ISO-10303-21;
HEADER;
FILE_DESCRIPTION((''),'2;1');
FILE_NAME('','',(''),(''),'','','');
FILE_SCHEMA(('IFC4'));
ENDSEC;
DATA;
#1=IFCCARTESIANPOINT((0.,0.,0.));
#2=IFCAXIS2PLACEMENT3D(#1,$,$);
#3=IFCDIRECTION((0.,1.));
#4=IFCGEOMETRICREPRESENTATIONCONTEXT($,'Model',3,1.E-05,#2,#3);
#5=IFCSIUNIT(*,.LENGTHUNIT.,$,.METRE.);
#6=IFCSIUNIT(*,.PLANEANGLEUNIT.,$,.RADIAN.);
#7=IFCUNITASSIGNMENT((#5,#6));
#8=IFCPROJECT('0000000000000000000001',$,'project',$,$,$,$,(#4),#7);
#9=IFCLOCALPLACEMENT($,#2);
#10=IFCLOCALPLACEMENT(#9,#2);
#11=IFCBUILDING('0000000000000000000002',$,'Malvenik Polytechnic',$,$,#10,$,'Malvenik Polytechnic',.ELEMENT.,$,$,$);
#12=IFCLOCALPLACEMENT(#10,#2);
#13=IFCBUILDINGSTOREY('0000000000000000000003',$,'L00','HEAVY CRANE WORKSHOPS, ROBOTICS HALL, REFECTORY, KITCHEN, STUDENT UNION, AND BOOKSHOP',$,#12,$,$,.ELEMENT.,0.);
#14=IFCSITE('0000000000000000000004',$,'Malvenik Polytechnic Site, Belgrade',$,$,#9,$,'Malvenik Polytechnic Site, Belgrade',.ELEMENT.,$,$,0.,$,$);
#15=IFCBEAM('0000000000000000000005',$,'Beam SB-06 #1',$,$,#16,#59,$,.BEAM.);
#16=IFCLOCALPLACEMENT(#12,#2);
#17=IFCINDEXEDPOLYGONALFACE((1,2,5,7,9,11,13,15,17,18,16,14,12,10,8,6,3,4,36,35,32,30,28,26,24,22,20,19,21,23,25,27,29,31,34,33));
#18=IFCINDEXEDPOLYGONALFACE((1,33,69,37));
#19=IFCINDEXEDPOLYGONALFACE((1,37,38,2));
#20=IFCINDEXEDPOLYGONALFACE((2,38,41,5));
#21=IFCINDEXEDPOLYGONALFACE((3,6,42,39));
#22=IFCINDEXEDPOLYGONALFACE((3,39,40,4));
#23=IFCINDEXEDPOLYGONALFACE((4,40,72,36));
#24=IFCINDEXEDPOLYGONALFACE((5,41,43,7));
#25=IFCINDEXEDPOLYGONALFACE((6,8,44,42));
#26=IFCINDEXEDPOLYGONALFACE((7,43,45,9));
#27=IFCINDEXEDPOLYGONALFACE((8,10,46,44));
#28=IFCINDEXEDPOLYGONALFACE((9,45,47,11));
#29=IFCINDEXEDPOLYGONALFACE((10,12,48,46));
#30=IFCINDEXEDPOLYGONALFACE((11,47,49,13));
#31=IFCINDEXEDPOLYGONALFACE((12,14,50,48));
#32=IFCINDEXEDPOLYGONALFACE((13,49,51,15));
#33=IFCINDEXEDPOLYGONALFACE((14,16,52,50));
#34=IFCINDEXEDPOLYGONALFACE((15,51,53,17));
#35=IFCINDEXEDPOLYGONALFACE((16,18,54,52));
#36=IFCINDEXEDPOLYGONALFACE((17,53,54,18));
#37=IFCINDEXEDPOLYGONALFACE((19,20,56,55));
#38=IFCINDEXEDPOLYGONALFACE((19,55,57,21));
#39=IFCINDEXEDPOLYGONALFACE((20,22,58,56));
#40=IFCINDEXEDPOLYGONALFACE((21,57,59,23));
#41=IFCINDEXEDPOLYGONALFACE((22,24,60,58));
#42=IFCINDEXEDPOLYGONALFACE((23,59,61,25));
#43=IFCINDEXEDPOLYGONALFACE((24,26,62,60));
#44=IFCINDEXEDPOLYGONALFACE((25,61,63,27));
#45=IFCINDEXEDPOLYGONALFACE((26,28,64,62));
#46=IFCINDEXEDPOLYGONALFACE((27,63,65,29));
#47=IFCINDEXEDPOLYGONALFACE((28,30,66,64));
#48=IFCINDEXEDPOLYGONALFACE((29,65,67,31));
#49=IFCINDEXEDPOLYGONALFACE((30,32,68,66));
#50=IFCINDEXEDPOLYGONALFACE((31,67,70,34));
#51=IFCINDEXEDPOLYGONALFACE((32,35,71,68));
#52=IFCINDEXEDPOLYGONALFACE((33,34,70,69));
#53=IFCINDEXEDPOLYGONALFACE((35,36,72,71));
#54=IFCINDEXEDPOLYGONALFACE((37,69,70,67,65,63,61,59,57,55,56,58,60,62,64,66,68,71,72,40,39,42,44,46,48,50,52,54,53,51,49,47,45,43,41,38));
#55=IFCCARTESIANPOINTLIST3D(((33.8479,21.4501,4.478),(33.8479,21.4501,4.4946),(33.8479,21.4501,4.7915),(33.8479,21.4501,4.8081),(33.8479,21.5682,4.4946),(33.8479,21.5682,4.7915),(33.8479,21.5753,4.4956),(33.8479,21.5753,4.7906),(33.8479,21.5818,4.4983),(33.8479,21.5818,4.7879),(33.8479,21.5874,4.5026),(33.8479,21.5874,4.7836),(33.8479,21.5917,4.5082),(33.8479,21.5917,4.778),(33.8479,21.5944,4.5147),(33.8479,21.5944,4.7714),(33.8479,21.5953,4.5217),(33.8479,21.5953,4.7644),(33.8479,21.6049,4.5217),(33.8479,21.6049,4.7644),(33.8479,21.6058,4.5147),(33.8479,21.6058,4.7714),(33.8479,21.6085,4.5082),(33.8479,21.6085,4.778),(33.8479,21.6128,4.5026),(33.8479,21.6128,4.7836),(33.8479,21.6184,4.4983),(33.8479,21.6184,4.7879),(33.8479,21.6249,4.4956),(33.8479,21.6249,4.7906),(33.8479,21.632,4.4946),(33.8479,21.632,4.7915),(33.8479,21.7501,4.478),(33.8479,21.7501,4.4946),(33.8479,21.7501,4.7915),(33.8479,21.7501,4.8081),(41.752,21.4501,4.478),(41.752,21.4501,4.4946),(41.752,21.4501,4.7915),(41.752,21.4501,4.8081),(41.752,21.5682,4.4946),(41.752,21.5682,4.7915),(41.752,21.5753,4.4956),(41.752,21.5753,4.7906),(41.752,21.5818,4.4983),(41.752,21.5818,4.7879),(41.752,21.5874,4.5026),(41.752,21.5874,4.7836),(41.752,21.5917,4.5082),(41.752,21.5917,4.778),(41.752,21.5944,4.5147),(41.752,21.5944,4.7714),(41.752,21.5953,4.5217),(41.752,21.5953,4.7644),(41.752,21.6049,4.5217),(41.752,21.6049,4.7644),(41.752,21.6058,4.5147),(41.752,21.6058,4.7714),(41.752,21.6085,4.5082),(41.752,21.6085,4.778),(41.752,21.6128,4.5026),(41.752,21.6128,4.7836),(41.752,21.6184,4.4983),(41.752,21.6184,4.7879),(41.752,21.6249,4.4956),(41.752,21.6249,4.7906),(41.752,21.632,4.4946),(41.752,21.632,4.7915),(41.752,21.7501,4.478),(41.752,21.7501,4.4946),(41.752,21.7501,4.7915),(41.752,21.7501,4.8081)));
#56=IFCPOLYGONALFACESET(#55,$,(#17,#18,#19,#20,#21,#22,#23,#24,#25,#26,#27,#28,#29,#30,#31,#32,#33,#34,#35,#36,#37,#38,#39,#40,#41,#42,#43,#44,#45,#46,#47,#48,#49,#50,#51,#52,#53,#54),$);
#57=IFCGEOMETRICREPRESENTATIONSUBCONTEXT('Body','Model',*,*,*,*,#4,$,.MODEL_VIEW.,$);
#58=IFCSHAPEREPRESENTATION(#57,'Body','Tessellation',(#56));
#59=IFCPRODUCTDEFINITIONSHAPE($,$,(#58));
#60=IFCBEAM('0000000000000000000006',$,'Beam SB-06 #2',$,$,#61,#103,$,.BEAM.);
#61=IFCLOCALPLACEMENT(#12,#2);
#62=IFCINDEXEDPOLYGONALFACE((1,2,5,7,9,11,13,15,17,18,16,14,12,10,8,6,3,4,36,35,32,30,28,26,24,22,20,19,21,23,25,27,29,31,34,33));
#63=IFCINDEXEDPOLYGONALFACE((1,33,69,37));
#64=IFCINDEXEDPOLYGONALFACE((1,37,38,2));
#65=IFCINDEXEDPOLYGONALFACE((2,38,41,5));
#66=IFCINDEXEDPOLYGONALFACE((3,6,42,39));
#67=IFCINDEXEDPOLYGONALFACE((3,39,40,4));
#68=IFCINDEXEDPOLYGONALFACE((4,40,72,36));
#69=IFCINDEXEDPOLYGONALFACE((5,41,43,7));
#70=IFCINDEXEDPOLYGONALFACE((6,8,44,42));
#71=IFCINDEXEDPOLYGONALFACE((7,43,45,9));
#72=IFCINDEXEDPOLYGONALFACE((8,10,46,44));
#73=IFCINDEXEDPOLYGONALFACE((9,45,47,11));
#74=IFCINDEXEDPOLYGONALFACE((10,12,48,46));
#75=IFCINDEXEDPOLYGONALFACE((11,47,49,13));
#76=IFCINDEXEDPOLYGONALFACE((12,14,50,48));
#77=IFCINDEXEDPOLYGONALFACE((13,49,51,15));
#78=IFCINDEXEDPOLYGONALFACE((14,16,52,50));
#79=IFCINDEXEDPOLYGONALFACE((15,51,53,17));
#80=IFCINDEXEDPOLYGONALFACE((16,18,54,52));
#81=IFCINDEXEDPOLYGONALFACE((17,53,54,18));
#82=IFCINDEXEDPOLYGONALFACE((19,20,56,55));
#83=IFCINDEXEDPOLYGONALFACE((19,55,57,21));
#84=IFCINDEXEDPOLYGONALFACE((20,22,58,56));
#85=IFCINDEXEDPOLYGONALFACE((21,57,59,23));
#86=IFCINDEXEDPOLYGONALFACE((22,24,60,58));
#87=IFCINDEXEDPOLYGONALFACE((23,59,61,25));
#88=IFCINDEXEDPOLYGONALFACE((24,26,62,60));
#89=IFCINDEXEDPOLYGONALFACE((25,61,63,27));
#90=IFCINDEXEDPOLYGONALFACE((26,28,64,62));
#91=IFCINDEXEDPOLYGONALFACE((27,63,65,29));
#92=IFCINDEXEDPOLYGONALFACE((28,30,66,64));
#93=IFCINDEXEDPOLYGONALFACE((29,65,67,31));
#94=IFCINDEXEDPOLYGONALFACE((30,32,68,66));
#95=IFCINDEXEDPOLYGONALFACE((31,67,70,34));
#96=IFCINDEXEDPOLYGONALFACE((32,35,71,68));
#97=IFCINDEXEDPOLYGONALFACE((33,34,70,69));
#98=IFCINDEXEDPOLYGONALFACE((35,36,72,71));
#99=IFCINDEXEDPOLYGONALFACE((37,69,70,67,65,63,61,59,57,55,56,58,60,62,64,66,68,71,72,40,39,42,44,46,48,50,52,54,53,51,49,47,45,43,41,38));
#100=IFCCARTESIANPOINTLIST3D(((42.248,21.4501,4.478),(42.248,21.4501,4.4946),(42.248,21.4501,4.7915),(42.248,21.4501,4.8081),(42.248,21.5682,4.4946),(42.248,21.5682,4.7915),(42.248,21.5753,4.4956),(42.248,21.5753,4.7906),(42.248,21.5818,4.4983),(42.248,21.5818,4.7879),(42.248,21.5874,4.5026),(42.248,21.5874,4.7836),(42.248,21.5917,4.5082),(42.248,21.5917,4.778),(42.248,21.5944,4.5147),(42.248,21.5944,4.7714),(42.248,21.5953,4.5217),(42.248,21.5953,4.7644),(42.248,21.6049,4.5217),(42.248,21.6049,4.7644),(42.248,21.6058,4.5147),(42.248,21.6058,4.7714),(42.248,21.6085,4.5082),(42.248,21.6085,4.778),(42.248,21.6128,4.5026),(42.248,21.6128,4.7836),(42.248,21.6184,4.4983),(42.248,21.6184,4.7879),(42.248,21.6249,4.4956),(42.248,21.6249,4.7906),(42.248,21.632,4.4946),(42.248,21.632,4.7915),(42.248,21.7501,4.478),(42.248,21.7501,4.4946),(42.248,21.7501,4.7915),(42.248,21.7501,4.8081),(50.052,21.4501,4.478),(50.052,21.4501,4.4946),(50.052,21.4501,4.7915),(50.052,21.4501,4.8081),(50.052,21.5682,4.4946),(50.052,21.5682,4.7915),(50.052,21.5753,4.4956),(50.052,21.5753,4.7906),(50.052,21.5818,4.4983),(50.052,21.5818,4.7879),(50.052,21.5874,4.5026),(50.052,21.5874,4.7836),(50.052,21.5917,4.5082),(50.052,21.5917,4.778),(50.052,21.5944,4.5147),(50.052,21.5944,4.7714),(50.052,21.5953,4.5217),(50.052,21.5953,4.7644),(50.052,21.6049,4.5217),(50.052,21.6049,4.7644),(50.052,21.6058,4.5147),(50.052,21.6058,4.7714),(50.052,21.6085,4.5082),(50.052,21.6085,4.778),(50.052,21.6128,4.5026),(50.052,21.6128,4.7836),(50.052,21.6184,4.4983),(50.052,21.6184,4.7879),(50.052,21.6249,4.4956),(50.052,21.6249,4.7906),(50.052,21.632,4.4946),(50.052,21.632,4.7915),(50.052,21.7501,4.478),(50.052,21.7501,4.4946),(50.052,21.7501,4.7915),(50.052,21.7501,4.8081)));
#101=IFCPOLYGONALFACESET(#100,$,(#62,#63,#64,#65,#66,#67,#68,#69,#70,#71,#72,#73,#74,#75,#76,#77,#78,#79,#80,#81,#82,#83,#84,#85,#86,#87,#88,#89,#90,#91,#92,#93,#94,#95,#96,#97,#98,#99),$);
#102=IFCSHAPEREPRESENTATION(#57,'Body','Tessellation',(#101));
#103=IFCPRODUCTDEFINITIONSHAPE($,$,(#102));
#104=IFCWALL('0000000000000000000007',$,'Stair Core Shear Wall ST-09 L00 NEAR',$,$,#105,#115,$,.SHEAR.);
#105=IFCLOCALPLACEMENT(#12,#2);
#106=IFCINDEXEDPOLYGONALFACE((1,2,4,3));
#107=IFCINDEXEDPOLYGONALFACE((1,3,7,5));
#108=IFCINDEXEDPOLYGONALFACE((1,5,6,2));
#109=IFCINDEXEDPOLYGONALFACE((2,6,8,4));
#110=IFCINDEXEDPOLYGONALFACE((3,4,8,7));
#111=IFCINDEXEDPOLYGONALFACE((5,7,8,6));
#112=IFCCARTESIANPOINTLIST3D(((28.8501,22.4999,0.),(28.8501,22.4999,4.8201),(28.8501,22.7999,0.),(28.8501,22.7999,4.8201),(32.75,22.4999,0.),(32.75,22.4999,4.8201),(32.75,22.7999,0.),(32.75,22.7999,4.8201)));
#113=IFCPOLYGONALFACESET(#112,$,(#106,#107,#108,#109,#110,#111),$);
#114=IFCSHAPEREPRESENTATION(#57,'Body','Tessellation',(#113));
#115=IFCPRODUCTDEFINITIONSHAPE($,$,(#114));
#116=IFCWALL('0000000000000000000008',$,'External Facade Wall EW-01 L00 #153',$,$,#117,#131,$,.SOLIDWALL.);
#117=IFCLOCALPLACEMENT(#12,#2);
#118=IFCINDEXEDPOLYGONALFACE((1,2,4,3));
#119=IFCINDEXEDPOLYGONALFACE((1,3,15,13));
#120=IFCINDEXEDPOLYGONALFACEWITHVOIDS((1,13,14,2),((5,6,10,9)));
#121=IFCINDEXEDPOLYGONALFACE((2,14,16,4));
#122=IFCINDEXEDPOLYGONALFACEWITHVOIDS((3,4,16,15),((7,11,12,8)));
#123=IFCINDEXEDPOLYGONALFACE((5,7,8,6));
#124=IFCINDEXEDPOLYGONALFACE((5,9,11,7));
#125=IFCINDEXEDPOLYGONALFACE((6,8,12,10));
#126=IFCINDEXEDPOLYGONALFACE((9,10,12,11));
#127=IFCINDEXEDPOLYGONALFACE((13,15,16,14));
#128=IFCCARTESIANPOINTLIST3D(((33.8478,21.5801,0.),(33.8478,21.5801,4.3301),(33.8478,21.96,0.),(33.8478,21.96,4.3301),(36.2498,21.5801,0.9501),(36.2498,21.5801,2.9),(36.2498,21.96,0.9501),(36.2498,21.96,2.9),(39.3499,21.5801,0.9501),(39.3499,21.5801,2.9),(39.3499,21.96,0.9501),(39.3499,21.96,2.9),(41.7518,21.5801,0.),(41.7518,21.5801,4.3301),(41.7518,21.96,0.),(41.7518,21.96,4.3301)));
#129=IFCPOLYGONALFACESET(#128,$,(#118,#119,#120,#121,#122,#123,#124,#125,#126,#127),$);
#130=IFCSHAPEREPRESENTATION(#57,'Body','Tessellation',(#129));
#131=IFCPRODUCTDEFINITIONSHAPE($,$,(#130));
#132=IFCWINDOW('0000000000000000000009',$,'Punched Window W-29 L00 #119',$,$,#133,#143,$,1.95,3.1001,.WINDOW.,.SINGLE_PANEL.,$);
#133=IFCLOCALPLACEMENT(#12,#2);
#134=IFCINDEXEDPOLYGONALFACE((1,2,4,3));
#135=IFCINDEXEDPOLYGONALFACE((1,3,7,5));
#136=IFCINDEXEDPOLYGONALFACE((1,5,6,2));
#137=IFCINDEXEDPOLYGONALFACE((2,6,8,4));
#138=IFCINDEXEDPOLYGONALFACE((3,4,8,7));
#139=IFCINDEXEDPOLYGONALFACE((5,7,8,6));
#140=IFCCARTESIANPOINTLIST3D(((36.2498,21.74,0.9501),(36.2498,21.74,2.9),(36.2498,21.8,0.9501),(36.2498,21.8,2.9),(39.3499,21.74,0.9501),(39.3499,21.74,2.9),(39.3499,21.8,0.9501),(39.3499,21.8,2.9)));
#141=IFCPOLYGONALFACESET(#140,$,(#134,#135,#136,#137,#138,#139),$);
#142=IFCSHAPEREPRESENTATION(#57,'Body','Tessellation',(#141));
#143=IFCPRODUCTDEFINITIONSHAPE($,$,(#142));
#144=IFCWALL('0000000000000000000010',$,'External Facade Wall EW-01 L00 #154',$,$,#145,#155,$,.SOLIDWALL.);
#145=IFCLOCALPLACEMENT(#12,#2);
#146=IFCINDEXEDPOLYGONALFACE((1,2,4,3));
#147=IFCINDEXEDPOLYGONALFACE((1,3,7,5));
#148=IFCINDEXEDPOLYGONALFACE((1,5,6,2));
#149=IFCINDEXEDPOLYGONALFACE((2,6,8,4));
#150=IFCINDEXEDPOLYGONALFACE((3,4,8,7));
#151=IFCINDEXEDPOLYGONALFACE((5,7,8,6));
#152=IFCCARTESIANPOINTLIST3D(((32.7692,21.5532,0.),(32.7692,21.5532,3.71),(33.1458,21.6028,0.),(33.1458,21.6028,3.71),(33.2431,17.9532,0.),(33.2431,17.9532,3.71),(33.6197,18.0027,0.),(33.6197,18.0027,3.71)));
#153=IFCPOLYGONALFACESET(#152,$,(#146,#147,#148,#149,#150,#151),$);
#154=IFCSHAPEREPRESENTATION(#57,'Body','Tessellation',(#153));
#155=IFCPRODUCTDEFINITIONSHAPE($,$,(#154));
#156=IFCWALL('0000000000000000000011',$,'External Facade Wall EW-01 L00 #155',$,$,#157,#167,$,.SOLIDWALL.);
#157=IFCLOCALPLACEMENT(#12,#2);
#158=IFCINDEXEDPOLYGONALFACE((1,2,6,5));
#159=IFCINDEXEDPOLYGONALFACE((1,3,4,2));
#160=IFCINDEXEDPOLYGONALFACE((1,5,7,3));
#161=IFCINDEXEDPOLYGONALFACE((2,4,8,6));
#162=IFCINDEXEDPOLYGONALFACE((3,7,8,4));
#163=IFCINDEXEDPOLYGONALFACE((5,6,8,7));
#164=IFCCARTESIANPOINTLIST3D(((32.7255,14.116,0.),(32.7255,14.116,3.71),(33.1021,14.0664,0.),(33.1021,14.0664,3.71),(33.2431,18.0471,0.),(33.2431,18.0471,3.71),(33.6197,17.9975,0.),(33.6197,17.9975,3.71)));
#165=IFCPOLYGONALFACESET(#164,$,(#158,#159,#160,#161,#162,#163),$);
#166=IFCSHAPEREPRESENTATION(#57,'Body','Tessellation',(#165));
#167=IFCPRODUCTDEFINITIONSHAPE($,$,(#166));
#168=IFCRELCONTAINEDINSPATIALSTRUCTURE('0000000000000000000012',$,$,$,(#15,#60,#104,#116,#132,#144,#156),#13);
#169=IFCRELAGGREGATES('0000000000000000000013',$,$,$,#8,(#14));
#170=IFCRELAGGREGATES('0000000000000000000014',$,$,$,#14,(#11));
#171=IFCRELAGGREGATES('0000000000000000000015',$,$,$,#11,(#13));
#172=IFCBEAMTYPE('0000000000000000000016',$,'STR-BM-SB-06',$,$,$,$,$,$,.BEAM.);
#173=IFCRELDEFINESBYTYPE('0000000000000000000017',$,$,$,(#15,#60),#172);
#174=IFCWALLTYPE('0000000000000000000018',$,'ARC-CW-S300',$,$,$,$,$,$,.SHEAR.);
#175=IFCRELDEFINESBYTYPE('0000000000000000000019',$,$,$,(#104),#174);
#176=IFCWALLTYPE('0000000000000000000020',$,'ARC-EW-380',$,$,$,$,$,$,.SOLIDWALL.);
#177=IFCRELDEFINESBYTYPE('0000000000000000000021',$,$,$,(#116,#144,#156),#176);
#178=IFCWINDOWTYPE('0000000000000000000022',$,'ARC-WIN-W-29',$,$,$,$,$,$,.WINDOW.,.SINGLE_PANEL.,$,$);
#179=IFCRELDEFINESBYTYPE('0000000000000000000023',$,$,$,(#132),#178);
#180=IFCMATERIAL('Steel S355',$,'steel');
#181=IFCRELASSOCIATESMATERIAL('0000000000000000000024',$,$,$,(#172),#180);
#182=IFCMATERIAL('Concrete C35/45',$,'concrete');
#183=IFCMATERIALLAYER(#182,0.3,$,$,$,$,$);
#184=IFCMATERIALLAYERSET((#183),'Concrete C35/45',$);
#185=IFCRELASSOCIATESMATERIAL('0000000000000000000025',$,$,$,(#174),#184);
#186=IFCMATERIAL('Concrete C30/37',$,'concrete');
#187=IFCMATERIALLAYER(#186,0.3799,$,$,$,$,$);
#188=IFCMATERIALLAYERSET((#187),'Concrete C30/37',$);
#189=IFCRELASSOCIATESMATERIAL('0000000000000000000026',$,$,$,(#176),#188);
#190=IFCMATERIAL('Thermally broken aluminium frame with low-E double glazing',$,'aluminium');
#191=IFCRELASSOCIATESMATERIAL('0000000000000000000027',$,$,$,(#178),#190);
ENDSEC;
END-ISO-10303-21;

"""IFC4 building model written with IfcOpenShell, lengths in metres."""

from ifc_helpers import new_model, si_unit, direction, frame, frame_2d, origin, origin_2d, place, context, subcontext, project, spatial, rectangle, i_section, extrude, material, layer, layer_set, material_profile, profile_set, type_object, element, fill, save


model = new_model("IFC4")

# Units and contexts
model_context = context("Model", 3, precision=1e-05, world=origin(), true_north=direction((0.0, 1.0)))
body_context = subcontext(model_context, "Body", "Model", "MODEL_VIEW")
ifc_project = project(units=[si_unit("LENGTHUNIT", "METRE"), si_unit("PLANEANGLEUNIT", "RADIAN")], contexts=[model_context])

# Site, building, storey
site_placement = place(None, origin())
site = spatial("IfcSite", under=ifc_project, at=site_placement, Name="Malvenik Polytechnic Site, Belgrade", LongName="Malvenik Polytechnic Site, Belgrade", CompositionType="ELEMENT", RefElevation=0.0)
building_placement = place(site_placement, origin())
building = spatial("IfcBuilding", under=site, at=building_placement, Name="Malvenik Polytechnic", LongName="Malvenik Polytechnic", CompositionType="ELEMENT")
storey_placement = place(building_placement, origin())
storey = spatial("IfcBuildingStorey", under=building, at=storey_placement, Name="L00", Description="HEAVY CRANE WORKSHOPS, ROBOTICS HALL, REFECTORY, KITCHEN, STUDENT UNION, AND BOOKSHOP", CompositionType="ELEMENT", Elevation=0.0)

# Shared definitions
ifc_material_1 = material(Name="Concrete C35/45", Category="concrete")

# Beams
ifc_material_2 = material(Name="Concrete C30/37", Category="concrete")
ifc_material_3 = material(Name="Steel S355", Category="steel")
ifc_material_profile_1 = material_profile(ifc_material_3, i_section(OverallWidth=0.3, OverallDepth=0.3301, WebThickness=0.0095, FlangeThickness=0.0166, FilletRadius=0.0271, at=origin_2d()), Name="HEA 340")
ifc_profile_set_1 = profile_set([ifc_material_profile_1], Name="Steel S355")
beam_type_1 = type_object("IfcBeamType", Name="STR-BM-SB-06", PredefinedType="BEAM", material=ifc_profile_set_1)
beam_1_placement = place(storey_placement, frame((33.8479, 21.6001, 4.6431), z_axis=(1.0, 0.0, 0.0), x_axis=(0.0, 1.0, 0.0)))
element("IfcBeam", 1, at=beam_1_placement, inside=storey, type_object=beam_type_1, Name="Beam SB-06 #1", PredefinedType="BEAM", context=body_context, shape_type="SweptSolid", body=[
    extrude(i_section(OverallWidth=0.3, OverallDepth=0.3301, WebThickness=0.0095, FlangeThickness=0.0166, FilletRadius=0.0271, at=origin_2d()), origin(), (0.0, 0.0, 1.0), 7.9041),
])
beam_2_placement = place(storey_placement, frame((42.248, 21.6001, 4.6431), z_axis=(1.0, 0.0, 0.0), x_axis=(0.0, 1.0, 0.0)))
element("IfcBeam", 2, at=beam_2_placement, inside=storey, type_object=beam_type_1, Name="Beam SB-06 #2", PredefinedType="BEAM", context=body_context, shape_type="SweptSolid", body=[
    extrude(i_section(OverallWidth=0.3, OverallDepth=0.3301, WebThickness=0.0095, FlangeThickness=0.0166, FilletRadius=0.0271, at=origin_2d()), origin(), (0.0, 0.0, 1.0), 7.804),
])

# Wall
ifc_layer_1 = layer(ifc_material_1, 0.3)
ifc_layer_set_1 = layer_set([ifc_layer_1], Name="Concrete C35/45")
wall_type_1 = type_object("IfcWallType", Name="ARC-CW-S300", PredefinedType="SHEAR", material=ifc_layer_set_1)
wall_1_placement = place(storey_placement, frame((32.75, 22.6499, 0.0), z_axis=(0.0, 0.0, 1.0), x_axis=(-1.0, 0.0, 0.0)))
element("IfcWall", 3, at=wall_1_placement, inside=storey, type_object=wall_type_1, Name="Stair Core Shear Wall ST-09 L00 NEAR", PredefinedType="SHEAR", context=body_context, shape_type="SweptSolid", body=[
    extrude(rectangle(XDim=3.8999, YDim=0.3, at=frame_2d((1.95, 0.0))), origin(), (0.0, 0.0, 1.0), 4.8201),
])

# Wall, opening, window
ifc_layer_2 = layer(ifc_material_2, 0.3799)
ifc_layer_set_2 = layer_set([ifc_layer_2], Name="Concrete C30/37")
wall_type_2 = type_object("IfcWallType", Name="ARC-EW-380", PredefinedType="SOLIDWALL", material=ifc_layer_set_2)
wall_2_placement = place(storey_placement, frame((41.752, 21.77, 0.0), z_axis=(0.0, 0.0, 1.0), x_axis=(-1.0, 0.0, 0.0)))
wall_2 = element("IfcWall", 4, at=wall_2_placement, inside=storey, type_object=wall_type_2, Name="External Facade Wall EW-01 L00 #153", PredefinedType="SOLIDWALL", context=body_context, shape_type="SweptSolid", body=[
    extrude(rectangle(XDim=7.9041, YDim=0.3799, at=frame_2d((3.9521, 0.0))), origin(), (0.0, 0.0, 1.0), 4.3301),
])
opening_1_placement = place(wall_2_placement, frame((2.4021, 0.0, 0.95)))
opening_1 = element("IfcOpeningElement", 5, at=opening_1_placement, cuts=wall_2, PredefinedType="OPENING", context=body_context, shape_type="SweptSolid", body=[
    extrude(rectangle(XDim=3.1001, YDim=1.95, at=frame_2d((1.55, 0.9751))), frame((0.0, 0.2, 0.0), z_axis=(0.0, -1.0, 0.0), x_axis=(1.0, 0.0, 0.0)), (0.0, 0.0, 1.0), 0.3999),
])
ifc_material_4 = material(Name="Thermally broken aluminium frame with low-E double glazing", Category="aluminium")
window_type = type_object("IfcWindowType", Name="ARC-WIN-W-29", PartitioningType="SINGLE_PANEL", PredefinedType="WINDOW", material=ifc_material_4)
window_placement = place(opening_1_placement, origin())
window = element("IfcWindow", 6, at=window_placement, inside=storey, type_object=window_type, Name="Punched Window W-29 L00 #119", OverallHeight=1.95, OverallWidth=3.1001, PartitioningType="SINGLE_PANEL", PredefinedType="WINDOW", context=body_context, shape_type="SweptSolid", body=[
    extrude(rectangle(XDim=3.1001, YDim=1.95, at=frame_2d((1.55, 0.9751))), frame((0.0, 0.03, 0.0), z_axis=(0.0, -1.0, 0.0), x_axis=(1.0, 0.0, 0.0)), (0.0, 0.0, 1.0), 0.0601),
])
fill(opening_1, window)

# Walls
wall_3_placement = place(storey_placement, frame((32.9575, 21.5779, 0.0), z_axis=(0.0, 0.0, 1.0), x_axis=(0.130503, -0.991448, 0.0)))
element("IfcWall", 7, at=wall_3_placement, inside=storey, type_object=wall_type_2, Name="External Facade Wall EW-01 L00 #154", PredefinedType="SOLIDWALL", context=body_context, shape_type="SweptSolid", body=[
    extrude(rectangle(XDim=3.6311, YDim=0.3799, at=frame_2d((1.8154, 0.0))), origin(), (0.0, 0.0, 1.0), 3.71),
])
wall_4_placement = place(storey_placement, frame((33.4314, 18.0222, 0.0), z_axis=(0.0, 0.0, 1.0), x_axis=(-0.130534, -0.991444, 0.0)))
element("IfcWall", 8, at=wall_4_placement, inside=storey, type_object=wall_type_2, Name="External Facade Wall EW-01 L00 #155", PredefinedType="SOLIDWALL", context=body_context, shape_type="SweptSolid", body=[
    extrude(rectangle(XDim=3.9651, YDim=0.3799, at=frame_2d((1.9824, 0.0))), origin(), (0.0, 0.0, 1.0), 3.71),
])

save(model, "model.ifc")
